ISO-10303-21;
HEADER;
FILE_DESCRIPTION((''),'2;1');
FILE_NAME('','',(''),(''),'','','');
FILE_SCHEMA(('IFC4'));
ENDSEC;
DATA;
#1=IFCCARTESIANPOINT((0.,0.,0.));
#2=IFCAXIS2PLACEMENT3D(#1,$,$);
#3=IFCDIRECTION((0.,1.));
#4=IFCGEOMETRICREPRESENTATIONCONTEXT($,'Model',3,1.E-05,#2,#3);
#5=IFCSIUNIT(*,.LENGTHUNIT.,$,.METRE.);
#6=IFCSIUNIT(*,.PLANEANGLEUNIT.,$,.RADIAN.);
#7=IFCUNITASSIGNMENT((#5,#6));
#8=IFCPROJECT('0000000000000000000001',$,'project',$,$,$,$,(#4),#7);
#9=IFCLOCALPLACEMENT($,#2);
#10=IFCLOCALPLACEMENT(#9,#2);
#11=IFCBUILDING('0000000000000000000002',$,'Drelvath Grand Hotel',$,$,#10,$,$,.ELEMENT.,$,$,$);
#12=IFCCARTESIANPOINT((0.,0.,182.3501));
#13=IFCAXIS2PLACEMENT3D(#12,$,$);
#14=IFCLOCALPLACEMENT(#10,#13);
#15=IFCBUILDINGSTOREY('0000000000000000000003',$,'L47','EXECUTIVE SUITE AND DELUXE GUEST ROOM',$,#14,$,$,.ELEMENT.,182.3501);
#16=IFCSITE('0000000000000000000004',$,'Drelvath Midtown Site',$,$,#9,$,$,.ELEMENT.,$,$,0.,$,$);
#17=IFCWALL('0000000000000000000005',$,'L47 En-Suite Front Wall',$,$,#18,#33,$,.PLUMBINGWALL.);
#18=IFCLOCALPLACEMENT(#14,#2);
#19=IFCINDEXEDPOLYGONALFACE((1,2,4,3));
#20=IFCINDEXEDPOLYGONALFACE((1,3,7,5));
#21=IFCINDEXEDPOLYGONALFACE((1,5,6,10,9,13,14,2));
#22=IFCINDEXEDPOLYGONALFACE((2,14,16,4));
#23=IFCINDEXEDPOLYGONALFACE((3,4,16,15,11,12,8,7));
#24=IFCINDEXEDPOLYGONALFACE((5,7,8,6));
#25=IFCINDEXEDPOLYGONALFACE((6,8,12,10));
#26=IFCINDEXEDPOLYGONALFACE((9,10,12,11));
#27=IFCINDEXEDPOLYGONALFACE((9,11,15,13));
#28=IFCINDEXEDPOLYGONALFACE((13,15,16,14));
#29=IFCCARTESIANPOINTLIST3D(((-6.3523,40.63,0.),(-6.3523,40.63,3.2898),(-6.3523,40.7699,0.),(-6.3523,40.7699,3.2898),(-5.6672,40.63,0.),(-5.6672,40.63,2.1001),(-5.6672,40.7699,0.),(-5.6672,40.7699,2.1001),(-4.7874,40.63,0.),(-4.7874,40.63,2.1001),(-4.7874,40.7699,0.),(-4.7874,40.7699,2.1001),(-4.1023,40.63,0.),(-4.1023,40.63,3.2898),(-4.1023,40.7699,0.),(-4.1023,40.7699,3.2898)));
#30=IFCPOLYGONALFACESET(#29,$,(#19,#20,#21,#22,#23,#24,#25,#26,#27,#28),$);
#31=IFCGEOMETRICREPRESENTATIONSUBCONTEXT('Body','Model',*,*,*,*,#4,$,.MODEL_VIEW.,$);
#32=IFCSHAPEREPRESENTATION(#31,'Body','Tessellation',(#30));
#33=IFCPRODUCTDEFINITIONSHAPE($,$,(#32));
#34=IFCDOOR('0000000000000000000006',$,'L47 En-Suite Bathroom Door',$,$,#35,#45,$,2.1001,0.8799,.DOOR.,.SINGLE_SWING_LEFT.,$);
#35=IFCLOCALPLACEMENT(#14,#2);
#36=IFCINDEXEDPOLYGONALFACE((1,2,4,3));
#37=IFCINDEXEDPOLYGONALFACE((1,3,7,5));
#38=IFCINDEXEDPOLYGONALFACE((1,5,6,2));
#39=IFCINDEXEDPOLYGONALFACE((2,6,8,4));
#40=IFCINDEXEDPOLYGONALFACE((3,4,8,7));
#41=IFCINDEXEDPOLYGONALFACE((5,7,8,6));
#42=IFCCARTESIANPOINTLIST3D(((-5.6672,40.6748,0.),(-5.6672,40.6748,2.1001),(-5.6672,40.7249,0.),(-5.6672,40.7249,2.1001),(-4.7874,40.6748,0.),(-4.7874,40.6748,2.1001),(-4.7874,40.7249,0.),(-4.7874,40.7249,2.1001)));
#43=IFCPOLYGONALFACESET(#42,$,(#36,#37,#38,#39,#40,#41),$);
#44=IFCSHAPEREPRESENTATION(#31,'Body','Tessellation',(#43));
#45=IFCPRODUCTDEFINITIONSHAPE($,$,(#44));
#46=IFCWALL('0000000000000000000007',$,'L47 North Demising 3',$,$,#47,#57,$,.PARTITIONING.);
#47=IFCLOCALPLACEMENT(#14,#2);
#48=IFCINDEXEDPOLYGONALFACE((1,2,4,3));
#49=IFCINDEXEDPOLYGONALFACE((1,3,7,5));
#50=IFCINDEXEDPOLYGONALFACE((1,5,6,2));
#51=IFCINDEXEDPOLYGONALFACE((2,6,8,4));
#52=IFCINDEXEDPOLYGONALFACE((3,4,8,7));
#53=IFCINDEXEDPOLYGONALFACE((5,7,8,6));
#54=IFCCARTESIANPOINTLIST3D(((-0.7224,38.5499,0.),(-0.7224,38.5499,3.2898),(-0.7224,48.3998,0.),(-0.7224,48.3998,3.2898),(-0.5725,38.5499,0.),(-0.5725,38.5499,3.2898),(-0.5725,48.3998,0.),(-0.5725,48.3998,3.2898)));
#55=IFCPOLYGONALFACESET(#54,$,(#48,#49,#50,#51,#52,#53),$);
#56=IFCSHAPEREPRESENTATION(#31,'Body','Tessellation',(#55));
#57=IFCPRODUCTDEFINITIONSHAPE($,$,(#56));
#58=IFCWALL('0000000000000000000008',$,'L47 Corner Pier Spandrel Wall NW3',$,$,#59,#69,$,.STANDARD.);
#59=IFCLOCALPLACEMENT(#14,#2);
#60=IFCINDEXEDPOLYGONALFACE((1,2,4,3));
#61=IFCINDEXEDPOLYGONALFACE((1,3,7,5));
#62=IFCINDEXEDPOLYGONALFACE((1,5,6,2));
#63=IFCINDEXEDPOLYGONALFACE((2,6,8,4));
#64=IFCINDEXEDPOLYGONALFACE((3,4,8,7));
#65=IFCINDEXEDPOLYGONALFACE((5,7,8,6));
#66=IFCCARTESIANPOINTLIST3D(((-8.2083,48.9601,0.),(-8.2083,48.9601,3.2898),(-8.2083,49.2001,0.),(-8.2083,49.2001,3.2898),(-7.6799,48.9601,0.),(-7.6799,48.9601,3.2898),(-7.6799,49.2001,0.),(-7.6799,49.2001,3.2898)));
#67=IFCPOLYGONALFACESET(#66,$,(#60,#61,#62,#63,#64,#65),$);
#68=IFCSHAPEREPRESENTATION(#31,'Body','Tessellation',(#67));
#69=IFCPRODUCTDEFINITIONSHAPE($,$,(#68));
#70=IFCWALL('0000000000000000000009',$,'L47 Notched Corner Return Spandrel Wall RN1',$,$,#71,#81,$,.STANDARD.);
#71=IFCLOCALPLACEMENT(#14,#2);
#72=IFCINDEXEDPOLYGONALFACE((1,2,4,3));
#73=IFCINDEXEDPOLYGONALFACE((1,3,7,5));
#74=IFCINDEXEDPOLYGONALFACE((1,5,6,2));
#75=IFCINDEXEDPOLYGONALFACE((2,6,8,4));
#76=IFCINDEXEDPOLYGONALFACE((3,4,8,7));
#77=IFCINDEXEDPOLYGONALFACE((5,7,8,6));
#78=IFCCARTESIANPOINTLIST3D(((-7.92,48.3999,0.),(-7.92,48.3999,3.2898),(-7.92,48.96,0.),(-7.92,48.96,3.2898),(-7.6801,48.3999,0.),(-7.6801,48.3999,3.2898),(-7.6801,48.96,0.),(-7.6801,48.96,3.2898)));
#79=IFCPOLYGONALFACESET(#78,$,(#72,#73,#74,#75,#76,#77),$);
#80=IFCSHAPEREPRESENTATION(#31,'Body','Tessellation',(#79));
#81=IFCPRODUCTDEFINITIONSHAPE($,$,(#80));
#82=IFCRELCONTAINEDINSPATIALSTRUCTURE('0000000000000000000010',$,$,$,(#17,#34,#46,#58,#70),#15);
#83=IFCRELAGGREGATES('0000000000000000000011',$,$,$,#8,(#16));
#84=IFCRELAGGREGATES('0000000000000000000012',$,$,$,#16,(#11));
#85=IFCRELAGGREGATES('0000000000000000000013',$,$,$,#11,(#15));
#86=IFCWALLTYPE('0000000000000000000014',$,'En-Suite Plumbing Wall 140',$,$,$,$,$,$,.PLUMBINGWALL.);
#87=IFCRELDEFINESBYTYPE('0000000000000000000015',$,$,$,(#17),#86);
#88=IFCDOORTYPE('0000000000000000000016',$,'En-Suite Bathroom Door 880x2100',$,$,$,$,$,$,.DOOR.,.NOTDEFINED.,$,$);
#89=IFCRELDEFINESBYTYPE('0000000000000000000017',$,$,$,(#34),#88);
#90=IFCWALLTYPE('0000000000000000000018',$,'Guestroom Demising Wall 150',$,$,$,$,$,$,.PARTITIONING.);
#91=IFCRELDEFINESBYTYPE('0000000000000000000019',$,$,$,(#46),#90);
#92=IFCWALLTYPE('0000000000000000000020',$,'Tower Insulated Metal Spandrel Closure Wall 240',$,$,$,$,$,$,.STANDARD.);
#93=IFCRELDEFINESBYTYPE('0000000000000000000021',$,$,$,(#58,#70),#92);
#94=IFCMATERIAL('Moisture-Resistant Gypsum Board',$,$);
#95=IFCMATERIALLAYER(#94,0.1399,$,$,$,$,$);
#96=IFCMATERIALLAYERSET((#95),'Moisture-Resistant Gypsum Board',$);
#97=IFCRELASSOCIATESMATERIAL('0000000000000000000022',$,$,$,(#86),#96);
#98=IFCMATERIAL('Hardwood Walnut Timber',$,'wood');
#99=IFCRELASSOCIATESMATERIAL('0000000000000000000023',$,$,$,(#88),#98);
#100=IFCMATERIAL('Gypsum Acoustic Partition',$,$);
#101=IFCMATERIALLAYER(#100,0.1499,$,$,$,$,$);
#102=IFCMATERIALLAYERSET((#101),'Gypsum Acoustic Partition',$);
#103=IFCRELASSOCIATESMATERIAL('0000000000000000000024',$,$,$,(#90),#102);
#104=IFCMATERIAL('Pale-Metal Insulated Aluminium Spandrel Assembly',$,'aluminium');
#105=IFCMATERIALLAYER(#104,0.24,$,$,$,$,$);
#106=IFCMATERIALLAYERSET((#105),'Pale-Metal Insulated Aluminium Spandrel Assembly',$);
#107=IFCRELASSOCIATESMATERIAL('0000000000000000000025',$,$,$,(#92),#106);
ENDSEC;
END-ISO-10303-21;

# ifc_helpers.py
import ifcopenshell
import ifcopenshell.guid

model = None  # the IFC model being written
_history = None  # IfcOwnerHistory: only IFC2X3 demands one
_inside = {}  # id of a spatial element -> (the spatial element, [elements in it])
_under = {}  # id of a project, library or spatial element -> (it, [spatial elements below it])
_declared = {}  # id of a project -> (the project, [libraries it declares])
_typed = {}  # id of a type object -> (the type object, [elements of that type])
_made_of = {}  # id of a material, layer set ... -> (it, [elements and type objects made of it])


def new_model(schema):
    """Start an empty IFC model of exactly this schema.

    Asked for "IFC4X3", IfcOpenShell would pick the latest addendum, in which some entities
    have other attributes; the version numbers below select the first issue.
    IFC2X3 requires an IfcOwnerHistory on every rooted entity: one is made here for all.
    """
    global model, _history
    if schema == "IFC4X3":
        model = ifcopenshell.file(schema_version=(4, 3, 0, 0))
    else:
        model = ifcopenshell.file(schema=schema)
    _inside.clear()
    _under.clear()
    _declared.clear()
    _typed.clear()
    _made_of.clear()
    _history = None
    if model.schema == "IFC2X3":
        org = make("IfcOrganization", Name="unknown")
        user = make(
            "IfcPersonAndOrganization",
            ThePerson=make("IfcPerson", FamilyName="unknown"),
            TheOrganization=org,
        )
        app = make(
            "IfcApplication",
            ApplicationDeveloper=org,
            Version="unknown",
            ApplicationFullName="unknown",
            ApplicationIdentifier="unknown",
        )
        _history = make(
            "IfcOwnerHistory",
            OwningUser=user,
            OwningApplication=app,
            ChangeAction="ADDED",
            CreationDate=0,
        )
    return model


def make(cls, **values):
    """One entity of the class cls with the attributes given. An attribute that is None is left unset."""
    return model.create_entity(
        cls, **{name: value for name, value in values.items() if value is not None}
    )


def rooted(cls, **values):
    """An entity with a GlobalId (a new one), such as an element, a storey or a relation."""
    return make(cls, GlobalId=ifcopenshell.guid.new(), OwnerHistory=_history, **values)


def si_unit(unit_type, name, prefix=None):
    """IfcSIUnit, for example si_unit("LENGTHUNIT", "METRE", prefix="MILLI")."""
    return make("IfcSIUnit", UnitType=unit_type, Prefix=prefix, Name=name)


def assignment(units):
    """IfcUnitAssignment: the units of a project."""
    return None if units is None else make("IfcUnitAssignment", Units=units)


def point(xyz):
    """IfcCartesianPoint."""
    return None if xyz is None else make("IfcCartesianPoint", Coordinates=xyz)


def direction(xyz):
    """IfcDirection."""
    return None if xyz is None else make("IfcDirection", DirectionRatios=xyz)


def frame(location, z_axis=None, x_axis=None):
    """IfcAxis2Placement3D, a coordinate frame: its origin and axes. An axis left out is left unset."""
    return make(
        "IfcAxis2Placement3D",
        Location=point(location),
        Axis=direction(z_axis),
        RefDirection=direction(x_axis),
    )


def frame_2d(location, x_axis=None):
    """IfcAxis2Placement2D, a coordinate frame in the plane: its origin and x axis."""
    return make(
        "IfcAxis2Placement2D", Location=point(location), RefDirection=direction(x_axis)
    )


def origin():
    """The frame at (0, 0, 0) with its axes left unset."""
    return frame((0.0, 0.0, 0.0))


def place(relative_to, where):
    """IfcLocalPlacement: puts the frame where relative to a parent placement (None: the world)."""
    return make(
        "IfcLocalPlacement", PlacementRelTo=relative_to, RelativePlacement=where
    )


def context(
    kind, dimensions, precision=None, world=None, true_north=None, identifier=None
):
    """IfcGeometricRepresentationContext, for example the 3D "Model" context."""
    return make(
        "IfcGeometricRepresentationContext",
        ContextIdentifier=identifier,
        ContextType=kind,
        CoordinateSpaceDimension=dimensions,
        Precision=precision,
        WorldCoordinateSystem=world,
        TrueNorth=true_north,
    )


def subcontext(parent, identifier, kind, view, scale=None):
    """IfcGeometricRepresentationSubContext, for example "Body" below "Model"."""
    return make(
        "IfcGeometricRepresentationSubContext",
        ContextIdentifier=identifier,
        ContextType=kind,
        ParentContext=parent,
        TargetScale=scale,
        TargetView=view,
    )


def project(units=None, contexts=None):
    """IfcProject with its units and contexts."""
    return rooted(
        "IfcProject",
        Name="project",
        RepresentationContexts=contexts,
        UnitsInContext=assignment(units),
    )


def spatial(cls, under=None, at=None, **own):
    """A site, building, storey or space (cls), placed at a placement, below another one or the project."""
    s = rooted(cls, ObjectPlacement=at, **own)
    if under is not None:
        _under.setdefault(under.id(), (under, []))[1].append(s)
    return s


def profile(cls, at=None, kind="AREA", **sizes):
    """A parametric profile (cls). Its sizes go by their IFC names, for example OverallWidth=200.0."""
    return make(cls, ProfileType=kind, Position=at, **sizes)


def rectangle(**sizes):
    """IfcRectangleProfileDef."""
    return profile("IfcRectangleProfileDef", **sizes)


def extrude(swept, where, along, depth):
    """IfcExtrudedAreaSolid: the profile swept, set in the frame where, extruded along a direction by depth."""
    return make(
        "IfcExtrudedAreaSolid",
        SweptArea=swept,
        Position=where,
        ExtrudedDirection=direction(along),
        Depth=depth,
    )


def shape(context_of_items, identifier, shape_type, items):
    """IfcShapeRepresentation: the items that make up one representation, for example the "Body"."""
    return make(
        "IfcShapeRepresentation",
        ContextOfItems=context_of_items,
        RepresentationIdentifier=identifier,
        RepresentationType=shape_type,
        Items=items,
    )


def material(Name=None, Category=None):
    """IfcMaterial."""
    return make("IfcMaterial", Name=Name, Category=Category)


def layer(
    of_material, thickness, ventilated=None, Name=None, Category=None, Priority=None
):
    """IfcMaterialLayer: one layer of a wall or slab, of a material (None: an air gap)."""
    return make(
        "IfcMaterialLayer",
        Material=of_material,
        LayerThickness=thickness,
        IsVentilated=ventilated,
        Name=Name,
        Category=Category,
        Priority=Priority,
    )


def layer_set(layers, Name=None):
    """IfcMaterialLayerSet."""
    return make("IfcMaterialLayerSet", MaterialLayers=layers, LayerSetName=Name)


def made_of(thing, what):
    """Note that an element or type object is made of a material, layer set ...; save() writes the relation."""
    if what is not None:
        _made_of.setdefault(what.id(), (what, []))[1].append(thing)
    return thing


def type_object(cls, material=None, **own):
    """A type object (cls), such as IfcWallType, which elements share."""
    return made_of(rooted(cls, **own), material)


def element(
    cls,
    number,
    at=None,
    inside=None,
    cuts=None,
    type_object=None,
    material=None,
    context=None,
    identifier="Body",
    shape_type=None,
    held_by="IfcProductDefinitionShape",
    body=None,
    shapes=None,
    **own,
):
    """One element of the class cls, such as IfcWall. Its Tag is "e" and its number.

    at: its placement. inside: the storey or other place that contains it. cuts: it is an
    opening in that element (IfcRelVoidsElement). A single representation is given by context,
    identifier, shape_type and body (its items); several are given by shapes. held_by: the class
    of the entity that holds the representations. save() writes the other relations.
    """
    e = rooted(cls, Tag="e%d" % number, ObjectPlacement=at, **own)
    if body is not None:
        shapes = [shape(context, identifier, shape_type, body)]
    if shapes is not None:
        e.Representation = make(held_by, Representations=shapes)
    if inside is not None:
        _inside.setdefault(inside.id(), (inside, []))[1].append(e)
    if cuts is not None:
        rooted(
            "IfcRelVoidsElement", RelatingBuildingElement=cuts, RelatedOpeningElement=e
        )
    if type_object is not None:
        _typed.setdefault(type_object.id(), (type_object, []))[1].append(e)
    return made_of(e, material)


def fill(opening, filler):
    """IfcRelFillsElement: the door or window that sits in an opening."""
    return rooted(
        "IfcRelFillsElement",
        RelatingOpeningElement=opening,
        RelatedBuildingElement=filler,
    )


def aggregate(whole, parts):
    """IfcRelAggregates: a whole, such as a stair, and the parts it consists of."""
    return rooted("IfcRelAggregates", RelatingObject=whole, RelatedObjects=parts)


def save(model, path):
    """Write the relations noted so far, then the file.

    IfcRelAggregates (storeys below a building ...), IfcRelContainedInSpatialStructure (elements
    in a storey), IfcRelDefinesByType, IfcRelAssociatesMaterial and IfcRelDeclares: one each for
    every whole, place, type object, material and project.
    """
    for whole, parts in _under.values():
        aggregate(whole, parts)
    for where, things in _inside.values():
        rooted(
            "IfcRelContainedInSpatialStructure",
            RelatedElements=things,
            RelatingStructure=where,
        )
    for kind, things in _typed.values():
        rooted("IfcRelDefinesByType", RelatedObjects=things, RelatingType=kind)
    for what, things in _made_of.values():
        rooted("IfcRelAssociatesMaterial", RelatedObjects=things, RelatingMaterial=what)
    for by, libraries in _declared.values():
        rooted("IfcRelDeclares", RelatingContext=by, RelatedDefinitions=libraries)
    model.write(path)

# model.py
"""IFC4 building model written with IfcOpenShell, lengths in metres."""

from ifc_helpers import new_model, si_unit, direction, frame, frame_2d, origin, place, context, subcontext, project, spatial, rectangle, extrude, material, layer, layer_set, type_object, element, fill, save


model = new_model("IFC4")

# Units and contexts
model_context = context("Model", 3, precision=1e-05, world=origin(), true_north=direction((0.0, 1.0)))
body_context = subcontext(model_context, "Body", "Model", "MODEL_VIEW")
ifc_project = project(units=[si_unit("LENGTHUNIT", "METRE"), si_unit("PLANEANGLEUNIT", "RADIAN")], contexts=[model_context])

# Site, building, storey
site_placement = place(None, origin())
site = spatial("IfcSite", under=ifc_project, at=site_placement, Name="Drelvath Midtown Site", CompositionType="ELEMENT", RefElevation=0.0)
building_placement = place(site_placement, origin())
building = spatial("IfcBuilding", under=site, at=building_placement, Name="Drelvath Grand Hotel", CompositionType="ELEMENT")
storey_placement = place(building_placement, frame((0.0, 0.0, 182.3501)))
storey = spatial("IfcBuildingStorey", under=building, at=storey_placement, Name="L47", Description="EXECUTIVE SUITE AND DELUXE GUEST ROOM", CompositionType="ELEMENT", Elevation=182.3501)

# Shared definitions
ifc_material_1 = material(Name="Moisture-Resistant Gypsum Board")
ifc_layer_1 = layer(ifc_material_1, 0.1399)
ifc_layer_set_1 = layer_set([ifc_layer_1], Name="Moisture-Resistant Gypsum Board")
wall_type_1 = type_object("IfcWallType", Name="En-Suite Plumbing Wall 140", PredefinedType="PLUMBINGWALL", material=ifc_layer_set_1)
ifc_material_2 = material(Name="Hardwood Walnut Timber", Category="wood")
door_type = type_object("IfcDoorType", Name="En-Suite Bathroom Door 880x2100", OperationType="NOTDEFINED", PredefinedType="DOOR", material=ifc_material_2)

# Wall, opening, door
wall_1_placement = place(storey_placement, frame((-6.3523, 40.7, 0.0), z_axis=(0.0, 0.0, 1.0), x_axis=(1.0, 0.0, 0.0)))
wall_1 = element("IfcWall", 1, at=wall_1_placement, inside=storey, type_object=wall_type_1, Name="L47 En-Suite Front Wall", PredefinedType="PLUMBINGWALL", context=body_context, shape_type="SweptSolid", body=[
    extrude(rectangle(XDim=2.25, YDim=0.1399, at=frame_2d((1.125, 0.0))), origin(), (0.0, 0.0, 1.0), 3.2898),
])
opening_1_placement = place(wall_1_placement, frame((0.6851, 0.0, 0.0)))
opening_1 = element("IfcOpeningElement", 2, at=opening_1_placement, cuts=wall_1, PredefinedType="OPENING", context=body_context, shape_type="SweptSolid", body=[
    extrude(rectangle(XDim=0.8799, YDim=2.1001, at=frame_2d((0.4399, 1.05))), frame((0.0, 0.0798, 0.0), z_axis=(0.0, -1.0, 0.0), x_axis=(1.0, 0.0, 0.0)), (0.0, 0.0, 1.0), 0.1599),
])
door_1_placement = place(opening_1_placement, origin())
door_1 = element("IfcDoor", 3, at=door_1_placement, inside=storey, type_object=door_type, Name="L47 En-Suite Bathroom Door", OperationType="SINGLE_SWING_LEFT", OverallHeight=2.1001, OverallWidth=0.8799, PredefinedType="DOOR", context=body_context, shape_type="SweptSolid", body=[
    extrude(rectangle(XDim=0.8799, YDim=2.1001, at=frame_2d((0.4399, 1.05))), frame((0.0, 0.0249, 0.0), z_axis=(0.0, -1.0, 0.0), x_axis=(1.0, 0.0, 0.0)), (0.0, 0.0, 1.0), 0.05),
])
fill(opening_1, door_1)

# Walls
ifc_material_3 = material(Name="Gypsum Acoustic Partition")
ifc_layer_2 = layer(ifc_material_3, 0.1499)
ifc_layer_set_2 = layer_set([ifc_layer_2], Name="Gypsum Acoustic Partition")
wall_type_2 = type_object("IfcWallType", Name="Guestroom Demising Wall 150", PredefinedType="PARTITIONING", material=ifc_layer_set_2)
wall_2_placement = place(storey_placement, frame((-0.6475, 38.55, 0.0), z_axis=(0.0, 0.0, 1.0), x_axis=(0.0, 1.0, 0.0)))
element("IfcWall", 4, at=wall_2_placement, inside=storey, type_object=wall_type_2, Name="L47 North Demising 3", PredefinedType="PARTITIONING", context=body_context, shape_type="SweptSolid", body=[
    extrude(rectangle(XDim=9.8499, YDim=0.1499, at=frame_2d((4.9248, 0.0))), origin(), (0.0, 0.0, 1.0), 3.2898),
])
ifc_material_4 = material(Name="Pale-Metal Insulated Aluminium Spandrel Assembly", Category="aluminium")
ifc_layer_3 = layer(ifc_material_4, 0.24)
ifc_layer_set_3 = layer_set([ifc_layer_3], Name="Pale-Metal Insulated Aluminium Spandrel Assembly")
wall_type_3 = type_object("IfcWallType", Name="Tower Insulated Metal Spandrel Closure Wall 240", PredefinedType="STANDARD", material=ifc_layer_set_3)
wall_3_placement = place(storey_placement, frame((-8.2083, 49.0801, 0.0), z_axis=(0.0, 0.0, 1.0), x_axis=(1.0, 0.0, 0.0)))
element("IfcWall", 5, at=wall_3_placement, inside=storey, type_object=wall_type_3, Name="L47 Corner Pier Spandrel Wall NW3", PredefinedType="STANDARD", context=body_context, shape_type="SweptSolid", body=[
    extrude(rectangle(XDim=0.5283, YDim=0.24, at=frame_2d((0.2642, 0.0))), origin(), (0.0, 0.0, 1.0), 3.2898),
])
wall_4_placement = place(storey_placement, frame((-7.8, 48.96, 0.0), z_axis=(0.0, 0.0, 1.0), x_axis=(0.0, -1.0, 0.0)))
element("IfcWall", 6, at=wall_4_placement, inside=storey, type_object=wall_type_3, Name="L47 Notched Corner Return Spandrel Wall RN1", PredefinedType="STANDARD", context=body_context, shape_type="SweptSolid", body=[
    extrude(rectangle(XDim=0.5601, YDim=0.24, at=frame_2d((0.28, 0.0))), origin(), (0.0, 0.0, 1.0), 3.2898),
])

save(model, "model.ifc")
